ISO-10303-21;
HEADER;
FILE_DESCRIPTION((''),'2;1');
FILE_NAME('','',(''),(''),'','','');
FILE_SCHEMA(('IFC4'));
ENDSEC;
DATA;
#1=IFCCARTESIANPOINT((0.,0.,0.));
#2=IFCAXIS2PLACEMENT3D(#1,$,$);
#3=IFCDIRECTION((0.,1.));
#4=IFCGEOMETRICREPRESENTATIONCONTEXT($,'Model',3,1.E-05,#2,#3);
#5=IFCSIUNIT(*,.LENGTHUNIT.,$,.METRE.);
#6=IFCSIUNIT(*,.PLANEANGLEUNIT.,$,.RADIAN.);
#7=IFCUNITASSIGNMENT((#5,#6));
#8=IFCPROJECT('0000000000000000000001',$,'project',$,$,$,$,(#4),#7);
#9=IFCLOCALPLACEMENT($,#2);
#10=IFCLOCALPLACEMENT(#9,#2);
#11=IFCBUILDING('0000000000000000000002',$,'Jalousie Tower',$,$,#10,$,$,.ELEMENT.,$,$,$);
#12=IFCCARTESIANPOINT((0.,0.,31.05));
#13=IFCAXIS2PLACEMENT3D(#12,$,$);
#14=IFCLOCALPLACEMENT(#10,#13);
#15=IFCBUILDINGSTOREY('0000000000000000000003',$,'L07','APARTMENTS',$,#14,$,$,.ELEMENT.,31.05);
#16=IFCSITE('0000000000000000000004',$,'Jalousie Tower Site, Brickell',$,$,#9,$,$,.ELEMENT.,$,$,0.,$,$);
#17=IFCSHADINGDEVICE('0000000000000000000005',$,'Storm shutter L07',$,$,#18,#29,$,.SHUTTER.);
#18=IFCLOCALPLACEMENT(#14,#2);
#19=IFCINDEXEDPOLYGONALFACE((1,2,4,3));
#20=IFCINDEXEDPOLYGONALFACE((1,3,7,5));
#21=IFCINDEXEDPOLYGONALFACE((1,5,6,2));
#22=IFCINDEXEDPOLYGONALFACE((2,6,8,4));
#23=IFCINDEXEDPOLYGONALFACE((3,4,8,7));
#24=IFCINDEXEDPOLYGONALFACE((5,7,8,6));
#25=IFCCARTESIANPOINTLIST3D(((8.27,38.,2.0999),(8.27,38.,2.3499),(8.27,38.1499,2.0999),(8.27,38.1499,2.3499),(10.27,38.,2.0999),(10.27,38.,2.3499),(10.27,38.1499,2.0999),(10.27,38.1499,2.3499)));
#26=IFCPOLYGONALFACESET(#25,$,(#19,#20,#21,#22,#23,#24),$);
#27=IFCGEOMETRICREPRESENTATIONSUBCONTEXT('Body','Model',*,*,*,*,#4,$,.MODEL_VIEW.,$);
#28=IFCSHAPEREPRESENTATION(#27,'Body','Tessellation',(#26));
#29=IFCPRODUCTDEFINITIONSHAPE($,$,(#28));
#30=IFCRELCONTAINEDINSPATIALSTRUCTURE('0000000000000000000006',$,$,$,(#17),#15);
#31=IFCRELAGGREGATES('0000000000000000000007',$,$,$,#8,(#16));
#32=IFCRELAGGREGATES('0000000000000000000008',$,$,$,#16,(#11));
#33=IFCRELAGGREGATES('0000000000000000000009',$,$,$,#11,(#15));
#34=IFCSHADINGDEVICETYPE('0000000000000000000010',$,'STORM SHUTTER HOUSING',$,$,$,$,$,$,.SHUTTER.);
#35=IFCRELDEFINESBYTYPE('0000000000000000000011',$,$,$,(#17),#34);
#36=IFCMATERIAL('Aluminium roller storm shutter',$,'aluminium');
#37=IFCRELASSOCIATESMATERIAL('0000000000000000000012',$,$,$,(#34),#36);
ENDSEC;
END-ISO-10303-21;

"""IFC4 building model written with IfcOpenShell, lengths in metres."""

from ifc_helpers import new_model, si_unit, direction, frame, origin, origin_2d, place, context, subcontext, project, spatial, rectangle, extrude, material, type_object, element, save


model = new_model("IFC4")

# Units and contexts
model_context = context("Model", 3, precision=1e-05, world=origin(), true_north=direction((0.0, 1.0)))
body_context = subcontext(model_context, "Body", "Model", "MODEL_VIEW")
ifc_project = project(units=[si_unit("LENGTHUNIT", "METRE"), si_unit("PLANEANGLEUNIT", "RADIAN")], contexts=[model_context])

# Site, building, storey
site_placement = place(None, origin())
site = spatial("IfcSite", under=ifc_project, at=site_placement, Name="Jalousie Tower Site, Brickell", CompositionType="ELEMENT", RefElevation=0.0)
building_placement = place(site_placement, origin())
building = spatial("IfcBuilding", under=site, at=building_placement, Name="Jalousie Tower", CompositionType="ELEMENT")
storey_placement = place(building_placement, frame((0.0, 0.0, 31.05)))
storey = spatial("IfcBuildingStorey", under=building, at=storey_placement, Name="L07", Description="APARTMENTS", CompositionType="ELEMENT", Elevation=31.05)

# Shading device
ifc_material_1 = material(Name="Aluminium roller storm shutter", Category="aluminium")
shading_device_type = type_object("IfcShadingDeviceType", Name="STORM SHUTTER HOUSING", PredefinedType="SHUTTER", material=ifc_material_1)
for number, where, z_axis, x_axis, name in (
    (1, (9.27, 38.075, 2.0999), (0.0, 0.0, 1.0), (-1.0, 0.0, 0.0), "Storm shutter L07"),
):
    element("IfcShadingDevice", number, at=place(storey_placement, frame(where, z_axis=z_axis, x_axis=x_axis)), inside=storey, type_object=shading_device_type, Name=name, PredefinedType="SHUTTER", context=body_context, shape_type="SweptSolid", body=[
        extrude(rectangle(XDim=2.0, YDim=0.1499, at=origin_2d()), origin(), (0.0, 0.0, 1.0), 0.25),
    ])

save(model, "model.ifc")
